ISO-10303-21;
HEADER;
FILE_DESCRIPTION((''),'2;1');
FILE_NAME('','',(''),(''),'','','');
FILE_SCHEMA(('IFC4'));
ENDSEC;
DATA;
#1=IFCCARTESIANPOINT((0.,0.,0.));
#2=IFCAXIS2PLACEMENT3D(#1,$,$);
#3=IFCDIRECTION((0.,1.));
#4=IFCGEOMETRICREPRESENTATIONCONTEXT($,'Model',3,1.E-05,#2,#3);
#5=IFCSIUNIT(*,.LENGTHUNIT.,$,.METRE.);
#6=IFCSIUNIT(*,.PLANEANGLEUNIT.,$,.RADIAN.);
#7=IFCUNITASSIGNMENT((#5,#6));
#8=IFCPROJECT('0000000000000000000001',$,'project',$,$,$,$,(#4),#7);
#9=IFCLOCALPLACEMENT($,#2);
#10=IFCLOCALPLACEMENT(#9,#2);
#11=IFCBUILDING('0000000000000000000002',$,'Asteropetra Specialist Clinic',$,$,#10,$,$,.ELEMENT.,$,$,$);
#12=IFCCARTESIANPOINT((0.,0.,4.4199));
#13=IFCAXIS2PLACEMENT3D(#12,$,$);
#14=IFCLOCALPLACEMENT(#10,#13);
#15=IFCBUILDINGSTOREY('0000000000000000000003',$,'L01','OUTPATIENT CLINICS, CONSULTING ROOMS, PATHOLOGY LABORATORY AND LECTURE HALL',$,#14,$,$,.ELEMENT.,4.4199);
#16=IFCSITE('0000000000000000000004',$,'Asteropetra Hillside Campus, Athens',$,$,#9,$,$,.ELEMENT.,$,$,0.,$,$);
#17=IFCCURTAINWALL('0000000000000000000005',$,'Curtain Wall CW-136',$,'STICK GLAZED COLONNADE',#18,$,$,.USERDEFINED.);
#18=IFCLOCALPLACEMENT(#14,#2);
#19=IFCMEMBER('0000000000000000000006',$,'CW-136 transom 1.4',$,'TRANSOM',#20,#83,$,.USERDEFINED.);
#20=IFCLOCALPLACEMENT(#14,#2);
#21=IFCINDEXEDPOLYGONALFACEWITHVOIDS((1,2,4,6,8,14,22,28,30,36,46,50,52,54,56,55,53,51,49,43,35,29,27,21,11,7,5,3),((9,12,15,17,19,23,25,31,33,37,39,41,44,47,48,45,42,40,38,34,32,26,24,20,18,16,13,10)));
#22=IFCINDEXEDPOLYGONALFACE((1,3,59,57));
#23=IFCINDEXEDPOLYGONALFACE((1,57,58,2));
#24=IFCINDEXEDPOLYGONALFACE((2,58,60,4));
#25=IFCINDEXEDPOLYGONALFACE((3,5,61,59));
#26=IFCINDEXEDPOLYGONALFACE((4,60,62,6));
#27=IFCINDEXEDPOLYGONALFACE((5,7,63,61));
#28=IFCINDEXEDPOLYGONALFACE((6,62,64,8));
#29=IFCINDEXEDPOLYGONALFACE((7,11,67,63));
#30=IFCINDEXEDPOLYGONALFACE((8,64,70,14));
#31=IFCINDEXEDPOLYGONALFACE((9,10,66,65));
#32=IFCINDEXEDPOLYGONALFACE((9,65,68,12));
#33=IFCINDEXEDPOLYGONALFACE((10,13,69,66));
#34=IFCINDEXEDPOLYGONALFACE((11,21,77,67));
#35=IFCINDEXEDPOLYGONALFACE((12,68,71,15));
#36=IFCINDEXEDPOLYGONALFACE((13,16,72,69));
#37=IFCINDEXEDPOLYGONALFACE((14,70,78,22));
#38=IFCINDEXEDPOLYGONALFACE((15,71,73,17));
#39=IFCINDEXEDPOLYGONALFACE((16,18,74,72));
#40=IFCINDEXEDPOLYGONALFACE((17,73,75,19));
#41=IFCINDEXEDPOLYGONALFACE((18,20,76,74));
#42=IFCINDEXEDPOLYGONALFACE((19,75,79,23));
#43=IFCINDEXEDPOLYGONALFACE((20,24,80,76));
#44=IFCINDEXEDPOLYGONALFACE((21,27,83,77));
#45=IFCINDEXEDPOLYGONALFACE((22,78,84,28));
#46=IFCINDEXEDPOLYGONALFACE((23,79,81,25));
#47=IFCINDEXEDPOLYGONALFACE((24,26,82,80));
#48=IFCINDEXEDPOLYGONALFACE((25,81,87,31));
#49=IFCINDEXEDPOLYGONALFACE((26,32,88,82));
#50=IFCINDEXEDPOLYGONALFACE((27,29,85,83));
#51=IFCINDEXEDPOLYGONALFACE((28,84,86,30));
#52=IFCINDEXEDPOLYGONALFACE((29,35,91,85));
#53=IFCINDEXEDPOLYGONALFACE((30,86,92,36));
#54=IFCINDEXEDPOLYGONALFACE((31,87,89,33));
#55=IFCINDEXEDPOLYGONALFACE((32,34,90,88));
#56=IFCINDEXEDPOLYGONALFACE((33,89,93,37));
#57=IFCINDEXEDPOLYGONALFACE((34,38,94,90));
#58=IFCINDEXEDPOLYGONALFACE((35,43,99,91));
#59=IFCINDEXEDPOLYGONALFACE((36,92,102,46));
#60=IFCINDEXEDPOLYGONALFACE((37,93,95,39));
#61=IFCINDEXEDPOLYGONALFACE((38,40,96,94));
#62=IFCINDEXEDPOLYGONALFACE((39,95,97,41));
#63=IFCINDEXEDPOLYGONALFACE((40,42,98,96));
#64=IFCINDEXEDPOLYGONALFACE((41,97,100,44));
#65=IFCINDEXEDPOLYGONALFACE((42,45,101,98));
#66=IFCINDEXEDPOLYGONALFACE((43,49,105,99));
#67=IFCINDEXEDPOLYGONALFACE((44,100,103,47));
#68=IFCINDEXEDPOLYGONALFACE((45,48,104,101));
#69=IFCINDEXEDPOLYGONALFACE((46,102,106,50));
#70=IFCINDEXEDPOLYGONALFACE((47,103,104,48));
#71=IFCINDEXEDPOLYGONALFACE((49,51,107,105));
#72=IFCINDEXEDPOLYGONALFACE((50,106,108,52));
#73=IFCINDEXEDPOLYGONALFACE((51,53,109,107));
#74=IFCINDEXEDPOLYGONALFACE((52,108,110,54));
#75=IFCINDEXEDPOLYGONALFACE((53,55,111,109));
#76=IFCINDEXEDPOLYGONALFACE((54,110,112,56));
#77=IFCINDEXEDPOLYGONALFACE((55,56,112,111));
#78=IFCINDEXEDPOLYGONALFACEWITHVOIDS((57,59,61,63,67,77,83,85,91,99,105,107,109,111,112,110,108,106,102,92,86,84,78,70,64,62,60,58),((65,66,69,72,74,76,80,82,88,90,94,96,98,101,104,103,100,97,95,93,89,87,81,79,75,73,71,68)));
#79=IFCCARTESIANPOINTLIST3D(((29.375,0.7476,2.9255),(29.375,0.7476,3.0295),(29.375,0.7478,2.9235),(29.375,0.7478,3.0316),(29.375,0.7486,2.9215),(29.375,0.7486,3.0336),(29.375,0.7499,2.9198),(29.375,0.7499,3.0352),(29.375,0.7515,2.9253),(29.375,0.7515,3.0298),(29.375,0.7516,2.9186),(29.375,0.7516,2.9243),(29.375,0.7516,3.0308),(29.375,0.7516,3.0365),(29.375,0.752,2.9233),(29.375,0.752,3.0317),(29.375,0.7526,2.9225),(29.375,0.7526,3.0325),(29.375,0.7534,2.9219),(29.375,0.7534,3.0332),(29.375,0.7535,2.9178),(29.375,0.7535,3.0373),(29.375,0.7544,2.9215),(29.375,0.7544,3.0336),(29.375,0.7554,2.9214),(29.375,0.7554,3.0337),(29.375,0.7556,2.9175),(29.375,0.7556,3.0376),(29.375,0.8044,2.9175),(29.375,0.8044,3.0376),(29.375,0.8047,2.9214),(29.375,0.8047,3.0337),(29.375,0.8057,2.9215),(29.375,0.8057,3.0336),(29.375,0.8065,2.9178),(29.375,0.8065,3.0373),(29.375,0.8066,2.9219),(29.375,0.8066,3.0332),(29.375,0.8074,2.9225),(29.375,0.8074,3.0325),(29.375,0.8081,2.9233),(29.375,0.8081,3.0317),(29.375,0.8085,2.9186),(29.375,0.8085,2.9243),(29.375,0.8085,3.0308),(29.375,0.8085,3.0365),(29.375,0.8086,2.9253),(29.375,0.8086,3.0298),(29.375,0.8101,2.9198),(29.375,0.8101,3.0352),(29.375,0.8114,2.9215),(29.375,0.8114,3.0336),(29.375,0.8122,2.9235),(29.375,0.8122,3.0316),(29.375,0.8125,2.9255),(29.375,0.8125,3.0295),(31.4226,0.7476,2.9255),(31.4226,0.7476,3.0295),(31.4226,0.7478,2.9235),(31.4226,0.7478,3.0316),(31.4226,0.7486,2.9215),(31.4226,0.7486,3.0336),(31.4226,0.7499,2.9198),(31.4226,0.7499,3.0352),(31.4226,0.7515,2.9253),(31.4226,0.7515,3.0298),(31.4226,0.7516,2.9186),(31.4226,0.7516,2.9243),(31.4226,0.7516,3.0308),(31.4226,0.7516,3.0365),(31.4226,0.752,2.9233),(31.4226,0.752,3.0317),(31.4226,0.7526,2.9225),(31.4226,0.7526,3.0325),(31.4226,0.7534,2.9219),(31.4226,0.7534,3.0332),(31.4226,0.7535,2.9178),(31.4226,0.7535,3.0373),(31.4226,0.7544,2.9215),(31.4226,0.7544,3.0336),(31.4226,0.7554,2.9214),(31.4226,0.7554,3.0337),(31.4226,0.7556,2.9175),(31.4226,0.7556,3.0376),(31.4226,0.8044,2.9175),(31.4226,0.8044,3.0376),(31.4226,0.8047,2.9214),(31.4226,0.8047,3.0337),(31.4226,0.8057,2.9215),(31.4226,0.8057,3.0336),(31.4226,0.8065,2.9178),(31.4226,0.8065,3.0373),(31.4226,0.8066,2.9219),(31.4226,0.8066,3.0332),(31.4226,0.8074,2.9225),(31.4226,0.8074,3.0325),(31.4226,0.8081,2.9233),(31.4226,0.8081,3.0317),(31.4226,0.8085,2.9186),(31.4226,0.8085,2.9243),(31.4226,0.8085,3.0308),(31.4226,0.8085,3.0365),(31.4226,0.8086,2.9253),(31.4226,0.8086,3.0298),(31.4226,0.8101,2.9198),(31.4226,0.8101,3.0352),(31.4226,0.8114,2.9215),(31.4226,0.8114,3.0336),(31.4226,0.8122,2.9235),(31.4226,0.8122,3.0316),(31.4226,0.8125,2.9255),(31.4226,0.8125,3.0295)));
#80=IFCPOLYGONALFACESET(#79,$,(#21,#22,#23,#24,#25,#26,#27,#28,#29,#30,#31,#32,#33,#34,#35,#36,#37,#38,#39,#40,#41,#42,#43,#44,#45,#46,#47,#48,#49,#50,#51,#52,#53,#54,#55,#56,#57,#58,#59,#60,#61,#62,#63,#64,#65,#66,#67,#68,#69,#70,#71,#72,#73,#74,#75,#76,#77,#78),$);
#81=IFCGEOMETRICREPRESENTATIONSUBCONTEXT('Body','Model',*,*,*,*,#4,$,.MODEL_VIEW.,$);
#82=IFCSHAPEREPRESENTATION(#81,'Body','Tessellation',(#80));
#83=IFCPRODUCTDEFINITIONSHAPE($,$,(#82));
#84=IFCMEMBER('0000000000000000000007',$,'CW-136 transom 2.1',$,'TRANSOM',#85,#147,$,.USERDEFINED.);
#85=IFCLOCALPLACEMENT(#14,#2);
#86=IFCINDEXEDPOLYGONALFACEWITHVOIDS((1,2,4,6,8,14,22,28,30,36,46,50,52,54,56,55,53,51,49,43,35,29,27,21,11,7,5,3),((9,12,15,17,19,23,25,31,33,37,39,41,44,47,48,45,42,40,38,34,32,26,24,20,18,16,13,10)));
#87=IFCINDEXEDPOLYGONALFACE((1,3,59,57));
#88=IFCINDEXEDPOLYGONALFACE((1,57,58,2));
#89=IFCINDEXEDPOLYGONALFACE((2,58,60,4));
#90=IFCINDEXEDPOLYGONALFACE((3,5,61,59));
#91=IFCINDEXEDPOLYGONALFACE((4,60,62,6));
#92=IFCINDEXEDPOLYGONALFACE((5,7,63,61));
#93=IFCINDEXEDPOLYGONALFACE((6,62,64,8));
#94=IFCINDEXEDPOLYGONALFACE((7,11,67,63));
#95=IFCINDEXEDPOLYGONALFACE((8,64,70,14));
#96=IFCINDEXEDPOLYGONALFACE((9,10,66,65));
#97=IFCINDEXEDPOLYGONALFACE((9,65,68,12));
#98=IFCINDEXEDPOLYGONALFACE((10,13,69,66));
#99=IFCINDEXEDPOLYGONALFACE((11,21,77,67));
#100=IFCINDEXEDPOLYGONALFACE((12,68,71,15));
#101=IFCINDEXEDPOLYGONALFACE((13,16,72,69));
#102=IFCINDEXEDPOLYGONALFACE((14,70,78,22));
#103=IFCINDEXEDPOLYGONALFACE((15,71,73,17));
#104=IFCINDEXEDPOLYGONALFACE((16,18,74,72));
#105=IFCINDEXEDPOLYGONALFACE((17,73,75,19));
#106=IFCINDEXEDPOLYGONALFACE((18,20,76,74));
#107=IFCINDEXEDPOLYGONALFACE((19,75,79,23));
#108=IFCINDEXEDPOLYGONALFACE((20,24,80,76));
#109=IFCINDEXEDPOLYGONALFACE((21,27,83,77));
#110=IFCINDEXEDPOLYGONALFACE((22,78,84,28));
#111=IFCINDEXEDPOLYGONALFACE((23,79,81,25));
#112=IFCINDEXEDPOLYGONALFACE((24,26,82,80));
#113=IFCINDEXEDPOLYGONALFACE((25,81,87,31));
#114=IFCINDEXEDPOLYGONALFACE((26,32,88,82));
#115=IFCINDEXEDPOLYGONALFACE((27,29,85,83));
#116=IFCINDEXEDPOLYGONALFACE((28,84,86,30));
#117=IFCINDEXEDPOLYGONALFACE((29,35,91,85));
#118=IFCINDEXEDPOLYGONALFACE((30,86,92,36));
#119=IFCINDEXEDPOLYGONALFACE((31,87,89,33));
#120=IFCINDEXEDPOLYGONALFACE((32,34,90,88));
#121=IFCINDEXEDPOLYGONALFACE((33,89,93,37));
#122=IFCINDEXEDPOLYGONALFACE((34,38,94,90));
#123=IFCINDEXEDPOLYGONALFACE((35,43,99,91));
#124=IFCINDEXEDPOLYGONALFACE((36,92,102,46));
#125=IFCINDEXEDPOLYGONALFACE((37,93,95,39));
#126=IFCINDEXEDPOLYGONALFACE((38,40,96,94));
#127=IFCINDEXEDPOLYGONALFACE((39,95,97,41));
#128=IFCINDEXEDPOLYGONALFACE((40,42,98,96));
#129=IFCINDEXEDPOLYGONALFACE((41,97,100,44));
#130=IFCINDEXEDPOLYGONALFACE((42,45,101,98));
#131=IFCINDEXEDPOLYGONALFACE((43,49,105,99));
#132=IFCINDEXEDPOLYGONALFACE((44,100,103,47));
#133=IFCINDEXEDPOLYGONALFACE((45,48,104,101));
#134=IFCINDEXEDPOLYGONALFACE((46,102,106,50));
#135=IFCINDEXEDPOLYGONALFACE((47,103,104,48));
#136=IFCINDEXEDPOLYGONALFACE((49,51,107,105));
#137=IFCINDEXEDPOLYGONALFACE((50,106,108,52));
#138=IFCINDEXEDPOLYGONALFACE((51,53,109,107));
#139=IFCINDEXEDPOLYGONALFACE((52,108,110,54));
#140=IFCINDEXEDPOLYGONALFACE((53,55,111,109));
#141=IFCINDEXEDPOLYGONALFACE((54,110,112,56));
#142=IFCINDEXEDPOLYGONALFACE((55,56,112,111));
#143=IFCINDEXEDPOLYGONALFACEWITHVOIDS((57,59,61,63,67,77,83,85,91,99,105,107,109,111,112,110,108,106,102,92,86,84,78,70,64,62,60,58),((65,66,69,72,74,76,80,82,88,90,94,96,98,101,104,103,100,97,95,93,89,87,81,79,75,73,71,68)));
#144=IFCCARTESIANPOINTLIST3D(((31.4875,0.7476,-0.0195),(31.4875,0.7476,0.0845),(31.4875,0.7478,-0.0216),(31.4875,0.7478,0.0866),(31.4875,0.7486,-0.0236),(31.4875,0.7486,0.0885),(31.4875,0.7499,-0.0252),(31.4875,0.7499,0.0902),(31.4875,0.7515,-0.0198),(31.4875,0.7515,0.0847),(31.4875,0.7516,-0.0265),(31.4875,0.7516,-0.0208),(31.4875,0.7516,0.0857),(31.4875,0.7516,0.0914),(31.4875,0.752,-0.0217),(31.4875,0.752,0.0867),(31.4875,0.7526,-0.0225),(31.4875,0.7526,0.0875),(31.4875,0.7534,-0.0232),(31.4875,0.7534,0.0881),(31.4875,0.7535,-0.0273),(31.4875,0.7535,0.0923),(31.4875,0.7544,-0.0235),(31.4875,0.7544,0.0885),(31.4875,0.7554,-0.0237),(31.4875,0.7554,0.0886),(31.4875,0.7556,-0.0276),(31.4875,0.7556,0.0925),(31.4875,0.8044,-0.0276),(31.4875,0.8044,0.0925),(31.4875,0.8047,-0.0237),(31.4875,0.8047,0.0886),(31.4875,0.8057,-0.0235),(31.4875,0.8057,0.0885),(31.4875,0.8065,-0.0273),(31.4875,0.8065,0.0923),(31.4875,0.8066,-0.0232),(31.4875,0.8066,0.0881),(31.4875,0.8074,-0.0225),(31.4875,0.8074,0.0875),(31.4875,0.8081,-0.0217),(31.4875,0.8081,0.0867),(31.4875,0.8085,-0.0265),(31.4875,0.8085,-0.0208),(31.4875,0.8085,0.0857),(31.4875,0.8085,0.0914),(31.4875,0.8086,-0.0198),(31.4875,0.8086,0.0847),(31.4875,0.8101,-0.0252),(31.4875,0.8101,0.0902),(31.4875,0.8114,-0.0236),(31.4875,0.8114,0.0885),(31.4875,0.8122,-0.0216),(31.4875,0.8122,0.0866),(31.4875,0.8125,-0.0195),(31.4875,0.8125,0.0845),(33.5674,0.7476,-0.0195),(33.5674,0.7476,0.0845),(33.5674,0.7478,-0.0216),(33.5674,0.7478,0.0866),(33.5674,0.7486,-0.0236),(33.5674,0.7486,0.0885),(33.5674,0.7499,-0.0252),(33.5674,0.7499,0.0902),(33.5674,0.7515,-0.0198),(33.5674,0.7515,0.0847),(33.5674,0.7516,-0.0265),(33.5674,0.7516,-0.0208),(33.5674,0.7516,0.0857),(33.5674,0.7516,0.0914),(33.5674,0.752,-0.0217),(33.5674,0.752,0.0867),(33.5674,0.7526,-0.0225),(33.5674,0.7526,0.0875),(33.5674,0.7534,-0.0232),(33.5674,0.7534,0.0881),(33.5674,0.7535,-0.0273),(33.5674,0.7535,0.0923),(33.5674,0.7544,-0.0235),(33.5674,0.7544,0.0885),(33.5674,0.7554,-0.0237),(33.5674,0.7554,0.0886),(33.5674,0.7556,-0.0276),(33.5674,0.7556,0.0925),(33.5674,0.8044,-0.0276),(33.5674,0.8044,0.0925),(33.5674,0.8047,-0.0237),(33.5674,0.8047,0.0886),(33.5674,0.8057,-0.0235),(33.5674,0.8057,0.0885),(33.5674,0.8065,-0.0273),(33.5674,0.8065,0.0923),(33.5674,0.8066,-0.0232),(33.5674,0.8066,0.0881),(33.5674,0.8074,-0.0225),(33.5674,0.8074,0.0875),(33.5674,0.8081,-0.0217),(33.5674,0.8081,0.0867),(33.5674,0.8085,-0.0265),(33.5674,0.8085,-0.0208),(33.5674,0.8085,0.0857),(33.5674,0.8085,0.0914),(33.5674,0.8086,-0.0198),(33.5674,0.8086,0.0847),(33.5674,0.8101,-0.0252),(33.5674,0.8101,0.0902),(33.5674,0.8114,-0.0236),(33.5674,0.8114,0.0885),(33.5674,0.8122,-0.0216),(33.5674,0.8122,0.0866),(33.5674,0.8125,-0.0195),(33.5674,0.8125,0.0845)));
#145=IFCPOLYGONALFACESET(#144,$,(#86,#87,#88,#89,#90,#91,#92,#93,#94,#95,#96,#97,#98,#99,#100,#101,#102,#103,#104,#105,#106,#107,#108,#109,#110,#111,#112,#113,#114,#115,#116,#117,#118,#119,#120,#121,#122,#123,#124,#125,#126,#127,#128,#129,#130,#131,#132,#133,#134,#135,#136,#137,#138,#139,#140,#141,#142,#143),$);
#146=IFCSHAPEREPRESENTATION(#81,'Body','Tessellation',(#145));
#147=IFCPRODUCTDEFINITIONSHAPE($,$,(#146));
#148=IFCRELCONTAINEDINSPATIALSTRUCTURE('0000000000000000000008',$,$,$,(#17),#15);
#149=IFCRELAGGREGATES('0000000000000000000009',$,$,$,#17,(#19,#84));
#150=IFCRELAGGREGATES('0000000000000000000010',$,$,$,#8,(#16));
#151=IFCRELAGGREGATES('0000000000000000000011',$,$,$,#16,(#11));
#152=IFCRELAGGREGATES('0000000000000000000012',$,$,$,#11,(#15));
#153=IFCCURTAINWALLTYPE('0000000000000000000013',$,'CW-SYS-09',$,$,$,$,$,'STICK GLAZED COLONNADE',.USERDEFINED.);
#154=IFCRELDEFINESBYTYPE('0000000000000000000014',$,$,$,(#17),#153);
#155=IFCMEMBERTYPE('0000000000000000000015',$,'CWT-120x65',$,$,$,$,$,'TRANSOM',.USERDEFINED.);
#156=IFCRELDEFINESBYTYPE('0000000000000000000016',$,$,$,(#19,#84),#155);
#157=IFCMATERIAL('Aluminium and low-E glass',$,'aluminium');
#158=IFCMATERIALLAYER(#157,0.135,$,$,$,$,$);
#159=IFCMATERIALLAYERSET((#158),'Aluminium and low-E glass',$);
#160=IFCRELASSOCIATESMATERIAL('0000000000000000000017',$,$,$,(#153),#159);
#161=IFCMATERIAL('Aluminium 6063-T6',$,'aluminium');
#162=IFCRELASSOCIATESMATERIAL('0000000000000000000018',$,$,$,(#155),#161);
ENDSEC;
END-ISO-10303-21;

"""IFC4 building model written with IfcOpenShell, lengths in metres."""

from ifc_helpers import new_model, si_unit, direction, frame, origin, origin_2d, place, context, subcontext, project, spatial, hollow_rectangle, extrude, material, layer, layer_set, material_profile, profile_set, type_object, element, aggregate, save


model = new_model("IFC4")

# Units and contexts
model_context = context("Model", 3, precision=1e-05, world=origin(), true_north=direction((0.0, 1.0)))
body_context = subcontext(model_context, "Body", "Model", "MODEL_VIEW")
ifc_project = project(units=[si_unit("LENGTHUNIT", "METRE"), si_unit("PLANEANGLEUNIT", "RADIAN")], contexts=[model_context])

# Site, building, storey
site_placement = place(None, origin())
site = spatial("IfcSite", under=ifc_project, at=site_placement, Name="Asteropetra Hillside Campus, Athens", CompositionType="ELEMENT", RefElevation=0.0)
building_placement = place(site_placement, origin())
building = spatial("IfcBuilding", under=site, at=building_placement, Name="Asteropetra Specialist Clinic", CompositionType="ELEMENT")
storey_placement = place(building_placement, frame((0.0, 0.0, 4.4199)))
storey = spatial("IfcBuildingStorey", under=building, at=storey_placement, Name="L01", Description="OUTPATIENT CLINICS, CONSULTING ROOMS, PATHOLOGY LABORATORY AND LECTURE HALL", CompositionType="ELEMENT", Elevation=4.4199)

# Curtain wall, members
ifc_material_1 = material(Name="Aluminium and low-E glass", Category="aluminium")
ifc_layer_1 = layer(ifc_material_1, 0.135)
ifc_layer_set_1 = layer_set([ifc_layer_1], Name="Aluminium and low-E glass")
curtain_wall_type = type_object("IfcCurtainWallType", Name="CW-SYS-09", ElementType="STICK GLAZED COLONNADE", PredefinedType="USERDEFINED", material=ifc_layer_set_1)
curtain_wall_placement = place(storey_placement, origin())
curtain_wall = element("IfcCurtainWall", 1, at=curtain_wall_placement, inside=storey, type_object=curtain_wall_type, Name="Curtain Wall CW-136", ObjectType="STICK GLAZED COLONNADE", PredefinedType="USERDEFINED")
ifc_material_2 = material(Name="Aluminium 6063-T6", Category="aluminium")
ifc_material_profile_1 = material_profile(ifc_material_2, hollow_rectangle(XDim=0.0649, YDim=0.1201, WallThickness=0.0039, InnerFilletRadius=0.0039, OuterFilletRadius=0.0081, at=origin_2d()), Name="TRN 120x65x4.0")
ifc_profile_set_1 = profile_set([ifc_material_profile_1], Name="Aluminium 6063-T6")
member_type_1 = type_object("IfcMemberType", Name="CWT-120x65", ElementType="TRANSOM", PredefinedType="USERDEFINED", material=ifc_profile_set_1)
member_1_placement = place(storey_placement, frame((29.375, 0.78, 2.9775), z_axis=(1.0, 0.0, 0.0), x_axis=(0.0, 1.0, 0.0)))
member_1 = element("IfcMember", 2, at=member_1_placement, type_object=member_type_1, Name="CW-136 transom 1.4", ObjectType="TRANSOM", PredefinedType="USERDEFINED", context=body_context, shape_type="SweptSolid", body=[
    extrude(hollow_rectangle(XDim=0.0649, YDim=0.1201, WallThickness=0.0039, InnerFilletRadius=0.0039, OuterFilletRadius=0.0081, at=origin_2d()), origin(), (0.0, 0.0, 1.0), 2.0476),
])
member_2_placement = place(storey_placement, frame((31.4875, 0.78, 0.0325), z_axis=(1.0, 0.0, 0.0), x_axis=(0.0, 1.0, 0.0)))
member_2 = element("IfcMember", 3, at=member_2_placement, type_object=member_type_1, Name="CW-136 transom 2.1", ObjectType="TRANSOM", PredefinedType="USERDEFINED", context=body_context, shape_type="SweptSolid", body=[
    extrude(hollow_rectangle(XDim=0.0649, YDim=0.1201, WallThickness=0.0039, InnerFilletRadius=0.0039, OuterFilletRadius=0.0081, at=origin_2d()), origin(), (0.0, 0.0, 1.0), 2.0798),
])

aggregate(curtain_wall, [member_1, member_2])

save(model, "model.ifc")
